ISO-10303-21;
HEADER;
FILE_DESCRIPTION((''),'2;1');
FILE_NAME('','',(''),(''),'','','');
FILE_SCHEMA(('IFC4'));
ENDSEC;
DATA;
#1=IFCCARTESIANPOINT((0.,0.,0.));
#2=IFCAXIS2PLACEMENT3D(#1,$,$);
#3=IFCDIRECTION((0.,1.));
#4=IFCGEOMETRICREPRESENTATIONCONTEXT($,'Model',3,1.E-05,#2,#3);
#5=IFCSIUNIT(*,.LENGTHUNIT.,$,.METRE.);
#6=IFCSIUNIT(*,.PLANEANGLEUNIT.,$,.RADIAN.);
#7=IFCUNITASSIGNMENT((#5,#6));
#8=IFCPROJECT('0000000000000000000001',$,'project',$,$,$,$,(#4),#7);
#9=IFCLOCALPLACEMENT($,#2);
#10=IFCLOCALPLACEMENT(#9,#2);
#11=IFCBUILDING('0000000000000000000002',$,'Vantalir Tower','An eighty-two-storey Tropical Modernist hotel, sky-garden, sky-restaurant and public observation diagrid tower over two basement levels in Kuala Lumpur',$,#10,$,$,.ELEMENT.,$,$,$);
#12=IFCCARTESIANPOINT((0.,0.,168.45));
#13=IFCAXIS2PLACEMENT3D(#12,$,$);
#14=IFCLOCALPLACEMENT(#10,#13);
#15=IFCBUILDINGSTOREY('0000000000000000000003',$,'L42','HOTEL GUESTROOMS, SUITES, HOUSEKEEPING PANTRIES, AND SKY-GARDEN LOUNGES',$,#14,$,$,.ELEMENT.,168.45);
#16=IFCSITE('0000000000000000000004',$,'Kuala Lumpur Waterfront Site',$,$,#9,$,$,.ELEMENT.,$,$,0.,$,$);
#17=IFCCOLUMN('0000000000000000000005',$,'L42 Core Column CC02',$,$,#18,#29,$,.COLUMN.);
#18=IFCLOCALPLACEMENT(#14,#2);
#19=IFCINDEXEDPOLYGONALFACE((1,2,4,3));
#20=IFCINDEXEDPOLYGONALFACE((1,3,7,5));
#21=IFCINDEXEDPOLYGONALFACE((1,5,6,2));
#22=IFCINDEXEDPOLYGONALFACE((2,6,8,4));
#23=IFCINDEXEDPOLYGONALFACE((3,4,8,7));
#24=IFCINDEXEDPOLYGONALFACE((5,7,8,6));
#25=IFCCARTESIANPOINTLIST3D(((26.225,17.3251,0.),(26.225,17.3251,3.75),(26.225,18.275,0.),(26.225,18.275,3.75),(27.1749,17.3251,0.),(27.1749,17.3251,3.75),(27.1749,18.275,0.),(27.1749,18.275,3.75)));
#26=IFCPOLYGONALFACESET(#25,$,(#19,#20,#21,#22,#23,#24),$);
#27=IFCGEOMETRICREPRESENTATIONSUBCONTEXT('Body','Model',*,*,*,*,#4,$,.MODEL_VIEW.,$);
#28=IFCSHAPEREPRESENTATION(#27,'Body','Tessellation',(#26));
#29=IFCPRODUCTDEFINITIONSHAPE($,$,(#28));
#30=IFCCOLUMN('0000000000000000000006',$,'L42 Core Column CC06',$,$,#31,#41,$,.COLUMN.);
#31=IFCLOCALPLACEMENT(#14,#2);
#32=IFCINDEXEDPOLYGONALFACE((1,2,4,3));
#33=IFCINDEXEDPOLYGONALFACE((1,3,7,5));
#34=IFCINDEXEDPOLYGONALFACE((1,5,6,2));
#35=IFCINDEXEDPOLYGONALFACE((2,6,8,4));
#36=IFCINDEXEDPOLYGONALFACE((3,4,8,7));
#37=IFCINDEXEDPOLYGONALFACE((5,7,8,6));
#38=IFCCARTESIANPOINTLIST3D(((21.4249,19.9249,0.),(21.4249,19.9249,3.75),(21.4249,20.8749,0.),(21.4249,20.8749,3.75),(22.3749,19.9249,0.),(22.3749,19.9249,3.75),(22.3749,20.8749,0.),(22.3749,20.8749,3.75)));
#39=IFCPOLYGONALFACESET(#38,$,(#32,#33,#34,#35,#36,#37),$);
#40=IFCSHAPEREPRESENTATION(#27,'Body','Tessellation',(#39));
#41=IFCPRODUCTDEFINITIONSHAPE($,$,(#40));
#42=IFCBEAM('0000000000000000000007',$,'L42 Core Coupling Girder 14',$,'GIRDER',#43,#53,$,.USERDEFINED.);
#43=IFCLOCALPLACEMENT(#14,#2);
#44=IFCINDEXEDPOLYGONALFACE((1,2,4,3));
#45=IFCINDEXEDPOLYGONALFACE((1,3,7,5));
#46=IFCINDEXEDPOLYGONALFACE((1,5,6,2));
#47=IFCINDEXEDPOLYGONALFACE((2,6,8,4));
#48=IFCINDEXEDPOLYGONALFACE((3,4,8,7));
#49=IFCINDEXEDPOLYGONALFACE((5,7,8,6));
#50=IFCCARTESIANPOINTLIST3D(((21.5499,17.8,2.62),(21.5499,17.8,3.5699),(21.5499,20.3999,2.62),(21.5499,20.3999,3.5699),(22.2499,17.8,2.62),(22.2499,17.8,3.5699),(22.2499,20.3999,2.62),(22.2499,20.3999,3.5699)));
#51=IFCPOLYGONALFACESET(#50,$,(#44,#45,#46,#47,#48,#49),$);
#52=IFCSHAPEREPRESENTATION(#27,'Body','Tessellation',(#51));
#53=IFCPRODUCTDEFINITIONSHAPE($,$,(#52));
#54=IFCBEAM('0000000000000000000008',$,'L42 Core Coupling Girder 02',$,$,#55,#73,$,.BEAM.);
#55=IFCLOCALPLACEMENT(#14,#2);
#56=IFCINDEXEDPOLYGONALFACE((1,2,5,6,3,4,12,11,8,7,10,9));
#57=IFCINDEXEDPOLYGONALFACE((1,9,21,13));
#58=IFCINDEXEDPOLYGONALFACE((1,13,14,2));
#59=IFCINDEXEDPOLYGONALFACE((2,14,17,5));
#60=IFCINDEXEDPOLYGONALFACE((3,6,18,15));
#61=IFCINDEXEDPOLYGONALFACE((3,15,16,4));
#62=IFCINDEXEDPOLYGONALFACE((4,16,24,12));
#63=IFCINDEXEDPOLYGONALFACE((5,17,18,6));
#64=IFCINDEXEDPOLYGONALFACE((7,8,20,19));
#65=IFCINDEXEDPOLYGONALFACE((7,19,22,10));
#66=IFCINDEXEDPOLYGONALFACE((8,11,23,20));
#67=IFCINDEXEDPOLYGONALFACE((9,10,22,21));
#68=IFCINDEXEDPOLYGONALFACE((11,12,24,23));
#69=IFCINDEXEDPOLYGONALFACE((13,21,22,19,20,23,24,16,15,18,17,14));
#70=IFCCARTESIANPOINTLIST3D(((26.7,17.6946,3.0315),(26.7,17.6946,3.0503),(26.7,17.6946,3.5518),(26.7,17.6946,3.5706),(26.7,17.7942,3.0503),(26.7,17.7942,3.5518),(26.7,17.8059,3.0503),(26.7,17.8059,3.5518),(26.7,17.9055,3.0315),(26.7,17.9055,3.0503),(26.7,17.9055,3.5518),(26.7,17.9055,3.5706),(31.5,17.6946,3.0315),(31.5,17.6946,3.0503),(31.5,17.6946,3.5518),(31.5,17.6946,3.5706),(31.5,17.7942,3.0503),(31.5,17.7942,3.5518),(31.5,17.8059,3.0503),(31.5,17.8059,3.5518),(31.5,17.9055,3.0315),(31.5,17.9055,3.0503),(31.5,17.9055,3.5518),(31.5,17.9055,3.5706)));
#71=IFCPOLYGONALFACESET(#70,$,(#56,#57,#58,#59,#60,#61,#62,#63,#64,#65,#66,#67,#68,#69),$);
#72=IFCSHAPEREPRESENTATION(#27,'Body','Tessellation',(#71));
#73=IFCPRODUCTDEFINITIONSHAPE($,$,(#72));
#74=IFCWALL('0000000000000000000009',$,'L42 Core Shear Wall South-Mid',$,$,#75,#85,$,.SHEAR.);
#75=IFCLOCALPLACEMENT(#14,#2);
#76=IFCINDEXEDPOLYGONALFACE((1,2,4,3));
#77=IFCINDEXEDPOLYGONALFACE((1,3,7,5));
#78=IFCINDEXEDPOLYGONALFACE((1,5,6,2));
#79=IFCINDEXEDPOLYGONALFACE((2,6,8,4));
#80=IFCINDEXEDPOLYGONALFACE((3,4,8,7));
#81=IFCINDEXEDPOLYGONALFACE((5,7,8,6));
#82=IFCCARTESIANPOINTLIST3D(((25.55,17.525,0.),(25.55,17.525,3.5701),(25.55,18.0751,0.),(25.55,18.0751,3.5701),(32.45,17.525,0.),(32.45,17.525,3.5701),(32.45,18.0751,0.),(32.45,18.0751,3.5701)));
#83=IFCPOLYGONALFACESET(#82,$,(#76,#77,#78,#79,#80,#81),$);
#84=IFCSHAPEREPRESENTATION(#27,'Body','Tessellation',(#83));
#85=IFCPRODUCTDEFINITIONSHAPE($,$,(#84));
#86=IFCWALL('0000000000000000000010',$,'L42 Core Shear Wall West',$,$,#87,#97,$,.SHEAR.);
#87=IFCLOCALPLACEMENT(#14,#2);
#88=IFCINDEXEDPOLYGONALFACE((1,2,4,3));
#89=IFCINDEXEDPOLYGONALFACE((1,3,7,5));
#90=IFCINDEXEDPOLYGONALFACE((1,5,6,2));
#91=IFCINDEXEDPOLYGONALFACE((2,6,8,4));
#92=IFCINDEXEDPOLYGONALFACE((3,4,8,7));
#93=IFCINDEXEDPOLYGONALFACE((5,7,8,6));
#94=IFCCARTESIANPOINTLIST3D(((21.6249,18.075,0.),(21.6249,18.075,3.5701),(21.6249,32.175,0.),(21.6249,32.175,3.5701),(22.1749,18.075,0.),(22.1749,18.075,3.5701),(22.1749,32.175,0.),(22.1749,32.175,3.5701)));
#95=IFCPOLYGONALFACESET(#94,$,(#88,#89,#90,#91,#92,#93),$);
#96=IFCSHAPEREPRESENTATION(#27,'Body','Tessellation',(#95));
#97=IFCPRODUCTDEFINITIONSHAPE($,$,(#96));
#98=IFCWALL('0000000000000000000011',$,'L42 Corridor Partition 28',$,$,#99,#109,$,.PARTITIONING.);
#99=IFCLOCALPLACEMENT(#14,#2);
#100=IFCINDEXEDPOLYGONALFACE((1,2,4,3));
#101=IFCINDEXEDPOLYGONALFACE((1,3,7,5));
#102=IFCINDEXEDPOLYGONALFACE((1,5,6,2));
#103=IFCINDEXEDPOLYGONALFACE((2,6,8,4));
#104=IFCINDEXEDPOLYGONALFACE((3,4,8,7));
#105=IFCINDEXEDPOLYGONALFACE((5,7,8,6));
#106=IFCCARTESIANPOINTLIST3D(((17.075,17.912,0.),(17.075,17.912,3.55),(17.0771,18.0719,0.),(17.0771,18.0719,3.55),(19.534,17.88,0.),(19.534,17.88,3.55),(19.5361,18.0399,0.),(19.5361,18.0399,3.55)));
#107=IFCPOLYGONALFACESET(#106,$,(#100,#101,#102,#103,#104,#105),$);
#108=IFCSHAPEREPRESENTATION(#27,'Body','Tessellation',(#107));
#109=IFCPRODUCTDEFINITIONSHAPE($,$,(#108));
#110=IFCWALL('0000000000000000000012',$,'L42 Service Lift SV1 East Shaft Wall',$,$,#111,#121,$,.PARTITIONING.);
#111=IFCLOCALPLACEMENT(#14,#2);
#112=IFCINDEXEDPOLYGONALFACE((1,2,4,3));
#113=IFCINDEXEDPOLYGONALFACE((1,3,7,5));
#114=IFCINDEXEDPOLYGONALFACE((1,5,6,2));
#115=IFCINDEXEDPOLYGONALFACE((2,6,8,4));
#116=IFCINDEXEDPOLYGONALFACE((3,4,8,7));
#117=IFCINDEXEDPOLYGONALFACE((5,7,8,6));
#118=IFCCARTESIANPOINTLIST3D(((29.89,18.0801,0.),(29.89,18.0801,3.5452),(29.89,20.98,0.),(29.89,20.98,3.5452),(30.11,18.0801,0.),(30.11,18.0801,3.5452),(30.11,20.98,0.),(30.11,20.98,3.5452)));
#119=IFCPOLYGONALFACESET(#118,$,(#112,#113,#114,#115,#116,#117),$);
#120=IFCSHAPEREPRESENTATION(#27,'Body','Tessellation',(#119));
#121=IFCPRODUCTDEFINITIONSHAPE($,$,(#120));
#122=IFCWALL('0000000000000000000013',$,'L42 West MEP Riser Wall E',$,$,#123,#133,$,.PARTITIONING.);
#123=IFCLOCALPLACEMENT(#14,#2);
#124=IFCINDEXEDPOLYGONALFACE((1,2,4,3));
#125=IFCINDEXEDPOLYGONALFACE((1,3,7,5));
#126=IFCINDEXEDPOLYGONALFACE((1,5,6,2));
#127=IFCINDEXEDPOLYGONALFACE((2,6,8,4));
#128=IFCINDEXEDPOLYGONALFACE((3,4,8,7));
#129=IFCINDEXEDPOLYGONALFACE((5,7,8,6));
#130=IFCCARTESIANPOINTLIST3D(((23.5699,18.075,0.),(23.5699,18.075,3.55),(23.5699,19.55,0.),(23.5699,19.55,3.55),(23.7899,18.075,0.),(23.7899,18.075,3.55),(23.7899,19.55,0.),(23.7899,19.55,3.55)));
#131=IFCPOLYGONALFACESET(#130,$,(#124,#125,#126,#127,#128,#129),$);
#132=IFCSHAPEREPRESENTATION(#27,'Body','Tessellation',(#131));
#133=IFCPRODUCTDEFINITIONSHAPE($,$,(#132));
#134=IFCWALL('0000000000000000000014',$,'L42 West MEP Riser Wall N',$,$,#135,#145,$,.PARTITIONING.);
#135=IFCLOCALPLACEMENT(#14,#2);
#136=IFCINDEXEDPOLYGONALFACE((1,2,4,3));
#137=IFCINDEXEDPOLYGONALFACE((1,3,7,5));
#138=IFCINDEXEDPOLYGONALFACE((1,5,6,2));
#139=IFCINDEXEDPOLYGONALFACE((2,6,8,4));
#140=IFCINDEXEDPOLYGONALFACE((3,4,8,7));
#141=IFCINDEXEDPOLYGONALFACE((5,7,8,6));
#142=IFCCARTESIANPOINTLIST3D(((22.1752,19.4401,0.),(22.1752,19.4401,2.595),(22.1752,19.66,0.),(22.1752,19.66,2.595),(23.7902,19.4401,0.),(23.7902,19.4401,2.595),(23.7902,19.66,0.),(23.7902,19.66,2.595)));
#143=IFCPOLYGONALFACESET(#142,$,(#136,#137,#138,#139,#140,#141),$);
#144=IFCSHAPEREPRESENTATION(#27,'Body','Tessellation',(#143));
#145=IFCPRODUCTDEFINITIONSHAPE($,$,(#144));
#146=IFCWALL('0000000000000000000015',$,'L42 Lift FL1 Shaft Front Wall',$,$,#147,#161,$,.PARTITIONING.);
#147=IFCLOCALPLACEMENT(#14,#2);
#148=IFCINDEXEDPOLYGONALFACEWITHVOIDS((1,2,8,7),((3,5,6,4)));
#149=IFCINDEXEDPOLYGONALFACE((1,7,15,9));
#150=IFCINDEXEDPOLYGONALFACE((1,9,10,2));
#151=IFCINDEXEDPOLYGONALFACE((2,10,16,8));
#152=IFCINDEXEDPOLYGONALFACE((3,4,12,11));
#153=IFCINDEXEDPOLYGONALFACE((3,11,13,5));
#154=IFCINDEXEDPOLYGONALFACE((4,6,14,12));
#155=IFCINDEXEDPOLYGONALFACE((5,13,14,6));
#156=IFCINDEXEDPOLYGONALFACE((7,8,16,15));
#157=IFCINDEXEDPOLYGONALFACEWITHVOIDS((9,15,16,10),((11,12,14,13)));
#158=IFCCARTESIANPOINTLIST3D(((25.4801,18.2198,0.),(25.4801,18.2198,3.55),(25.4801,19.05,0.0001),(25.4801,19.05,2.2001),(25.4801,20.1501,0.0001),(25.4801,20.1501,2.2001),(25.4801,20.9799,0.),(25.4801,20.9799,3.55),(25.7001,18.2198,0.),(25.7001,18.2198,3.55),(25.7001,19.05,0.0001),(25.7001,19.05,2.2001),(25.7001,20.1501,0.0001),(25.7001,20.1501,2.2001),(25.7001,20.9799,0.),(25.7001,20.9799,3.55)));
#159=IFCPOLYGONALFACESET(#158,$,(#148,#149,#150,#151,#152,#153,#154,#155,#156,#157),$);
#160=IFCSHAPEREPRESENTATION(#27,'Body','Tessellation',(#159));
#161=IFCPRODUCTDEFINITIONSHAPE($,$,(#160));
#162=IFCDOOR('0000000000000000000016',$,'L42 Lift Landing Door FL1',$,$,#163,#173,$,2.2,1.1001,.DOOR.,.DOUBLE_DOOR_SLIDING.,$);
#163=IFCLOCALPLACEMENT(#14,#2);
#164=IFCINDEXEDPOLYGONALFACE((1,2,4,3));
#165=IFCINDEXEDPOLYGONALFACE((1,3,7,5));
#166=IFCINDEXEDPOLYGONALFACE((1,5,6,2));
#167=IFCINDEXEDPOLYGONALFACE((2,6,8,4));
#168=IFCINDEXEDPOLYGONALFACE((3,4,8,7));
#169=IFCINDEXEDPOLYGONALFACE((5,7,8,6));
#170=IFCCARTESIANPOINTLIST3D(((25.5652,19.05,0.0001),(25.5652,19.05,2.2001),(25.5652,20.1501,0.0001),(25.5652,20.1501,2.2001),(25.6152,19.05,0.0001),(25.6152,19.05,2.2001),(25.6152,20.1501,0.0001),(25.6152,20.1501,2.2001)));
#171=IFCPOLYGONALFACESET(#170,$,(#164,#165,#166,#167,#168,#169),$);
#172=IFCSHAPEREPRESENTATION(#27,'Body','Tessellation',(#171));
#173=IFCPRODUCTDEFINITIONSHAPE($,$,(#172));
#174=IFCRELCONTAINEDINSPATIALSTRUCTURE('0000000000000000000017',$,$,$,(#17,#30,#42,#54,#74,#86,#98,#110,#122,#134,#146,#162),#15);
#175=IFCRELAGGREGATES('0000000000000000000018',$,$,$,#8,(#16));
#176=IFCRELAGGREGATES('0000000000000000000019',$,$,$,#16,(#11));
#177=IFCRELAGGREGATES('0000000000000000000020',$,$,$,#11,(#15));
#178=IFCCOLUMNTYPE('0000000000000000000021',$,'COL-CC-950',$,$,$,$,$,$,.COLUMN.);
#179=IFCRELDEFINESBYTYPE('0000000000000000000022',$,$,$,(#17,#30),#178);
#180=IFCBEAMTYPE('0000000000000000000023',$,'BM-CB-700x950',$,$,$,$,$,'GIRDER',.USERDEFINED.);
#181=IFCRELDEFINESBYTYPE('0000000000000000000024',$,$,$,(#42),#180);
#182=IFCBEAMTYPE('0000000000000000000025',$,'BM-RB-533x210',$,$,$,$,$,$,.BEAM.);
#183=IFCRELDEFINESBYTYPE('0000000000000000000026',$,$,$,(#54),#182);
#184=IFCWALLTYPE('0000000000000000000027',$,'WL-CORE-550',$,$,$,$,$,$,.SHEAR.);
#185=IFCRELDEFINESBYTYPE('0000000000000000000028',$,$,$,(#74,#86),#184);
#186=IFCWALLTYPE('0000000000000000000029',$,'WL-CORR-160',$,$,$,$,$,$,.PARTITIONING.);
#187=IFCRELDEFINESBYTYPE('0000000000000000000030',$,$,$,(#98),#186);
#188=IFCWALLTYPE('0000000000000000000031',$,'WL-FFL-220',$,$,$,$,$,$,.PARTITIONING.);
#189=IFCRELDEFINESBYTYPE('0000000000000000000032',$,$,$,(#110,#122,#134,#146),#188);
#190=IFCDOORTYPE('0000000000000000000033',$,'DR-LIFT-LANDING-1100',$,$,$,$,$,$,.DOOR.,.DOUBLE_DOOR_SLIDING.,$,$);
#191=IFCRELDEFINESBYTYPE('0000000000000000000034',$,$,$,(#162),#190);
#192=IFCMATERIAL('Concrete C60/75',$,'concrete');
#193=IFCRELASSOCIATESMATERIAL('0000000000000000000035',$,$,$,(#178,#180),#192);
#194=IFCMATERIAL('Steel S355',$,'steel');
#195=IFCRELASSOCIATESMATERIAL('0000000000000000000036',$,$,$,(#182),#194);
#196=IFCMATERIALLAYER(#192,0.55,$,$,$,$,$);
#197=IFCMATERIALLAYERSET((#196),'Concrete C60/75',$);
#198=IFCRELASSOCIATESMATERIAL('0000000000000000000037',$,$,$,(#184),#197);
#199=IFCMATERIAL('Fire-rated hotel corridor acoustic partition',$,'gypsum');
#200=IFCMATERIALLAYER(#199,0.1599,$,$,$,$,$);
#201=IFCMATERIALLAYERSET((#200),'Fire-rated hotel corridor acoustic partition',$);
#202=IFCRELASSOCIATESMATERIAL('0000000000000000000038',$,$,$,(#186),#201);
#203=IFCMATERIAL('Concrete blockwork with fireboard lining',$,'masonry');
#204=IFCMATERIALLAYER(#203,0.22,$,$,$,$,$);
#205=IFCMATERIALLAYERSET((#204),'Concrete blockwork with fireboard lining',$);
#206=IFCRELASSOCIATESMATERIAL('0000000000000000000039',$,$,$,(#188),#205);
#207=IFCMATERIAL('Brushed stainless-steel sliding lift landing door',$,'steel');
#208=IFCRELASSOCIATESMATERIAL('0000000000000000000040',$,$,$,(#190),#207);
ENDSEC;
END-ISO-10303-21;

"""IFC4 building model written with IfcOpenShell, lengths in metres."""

from ifc_helpers import new_model, si_unit, direction, frame, frame_2d, origin, origin_2d, place, context, subcontext, project, spatial, rectangle, i_section, extrude, material, layer, layer_set, material_profile, profile_set, type_object, element, fill, save


model = new_model("IFC4")

# Units and contexts
model_context = context("Model", 3, precision=1e-05, world=origin(), true_north=direction((0.0, 1.0)))
body_context = subcontext(model_context, "Body", "Model", "MODEL_VIEW")
ifc_project = project(units=[si_unit("LENGTHUNIT", "METRE"), si_unit("PLANEANGLEUNIT", "RADIAN")], contexts=[model_context])

# Site, building, storey
site_placement = place(None, origin())
site = spatial("IfcSite", under=ifc_project, at=site_placement, Name="Kuala Lumpur Waterfront Site", CompositionType="ELEMENT", RefElevation=0.0)
building_placement = place(site_placement, origin())
building = spatial("IfcBuilding", under=site, at=building_placement, Name="Vantalir Tower", Description="An eighty-two-storey Tropical Modernist hotel, sky-garden, sky-restaurant and public observation diagrid tower over two basement levels in Kuala Lumpur", CompositionType="ELEMENT")
storey_placement = place(building_placement, frame((0.0, 0.0, 168.45)))
storey = spatial("IfcBuildingStorey", under=building, at=storey_placement, Name="L42", Description="HOTEL GUESTROOMS, SUITES, HOUSEKEEPING PANTRIES, AND SKY-GARDEN LOUNGES", CompositionType="ELEMENT", Elevation=168.45)

# Columns
ifc_material_1 = material(Name="Concrete C60/75", Category="concrete")
ifc_material_profile_1 = material_profile(ifc_material_1, rectangle(XDim=0.95, YDim=0.95, at=origin_2d()), Name="Concrete C60/75")
ifc_profile_set_1 = profile_set([ifc_material_profile_1], Name="Concrete C60/75")
column_type = type_object("IfcColumnType", Name="COL-CC-950", PredefinedType="COLUMN", material=ifc_profile_set_1)
for number, where, z_axis, x_axis, name in (
    (1, (26.7, 17.8, 0.0), (0.0, 0.0, 1.0), (1.0, 0.0, 0.0), "L42 Core Column CC02"),
    (2, (21.8999, 20.3999, 0.0), (0.0, 0.0, 1.0), (1.0, 0.0, 0.0), "L42 Core Column CC06"),
):
    element("IfcColumn", number, at=place(storey_placement, frame(where, z_axis=z_axis, x_axis=x_axis)), inside=storey, type_object=column_type, Name=name, PredefinedType="COLUMN", context=body_context, shape_type="SweptSolid", body=[
        extrude(rectangle(XDim=0.95, YDim=0.95, at=origin_2d()), origin(), (0.0, 0.0, 1.0), 3.75),
    ])

# Beams
ifc_material_profile_2 = material_profile(ifc_material_1, rectangle(XDim=0.7, YDim=0.95, at=origin_2d()), Name="Concrete C60/75")
ifc_profile_set_2 = profile_set([ifc_material_profile_2], Name="Concrete C60/75")
beam_type_1 = type_object("IfcBeamType", Name="BM-CB-700x950", ElementType="GIRDER", PredefinedType="USERDEFINED", material=ifc_profile_set_2)
beam_1_placement = place(storey_placement, frame((21.8999, 20.3999, 3.095), z_axis=(0.0, -1.0, 0.0), x_axis=(1.0, 0.0, 0.0)))
element("IfcBeam", 3, at=beam_1_placement, inside=storey, type_object=beam_type_1, Name="L42 Core Coupling Girder 14", ObjectType="GIRDER", PredefinedType="USERDEFINED", context=body_context, shape_type="SweptSolid", body=[
    extrude(rectangle(XDim=0.7, YDim=0.95, at=origin_2d()), origin(), (0.0, 0.0, 1.0), 2.5999),
])
ifc_material_2 = material(Name="Steel S355", Category="steel")
ifc_material_profile_3 = material_profile(ifc_material_2, i_section(OverallWidth=0.2109, OverallDepth=0.5391, WebThickness=0.0117, FlangeThickness=0.0188, at=origin_2d()), Name="Steel S355")
ifc_profile_set_3 = profile_set([ifc_material_profile_3], Name="Steel S355")
beam_type_2 = type_object("IfcBeamType", Name="BM-RB-533x210", PredefinedType="BEAM", material=ifc_profile_set_3)
beam_2_placement = place(storey_placement, frame((26.7, 17.8, 3.301), z_axis=(1.0, 0.0, 0.0), x_axis=(0.0, 1.0, 0.0)))
element("IfcBeam", 4, at=beam_2_placement, inside=storey, type_object=beam_type_2, Name="L42 Core Coupling Girder 02", PredefinedType="BEAM", context=body_context, shape_type="SweptSolid", body=[
    extrude(i_section(OverallWidth=0.2109, OverallDepth=0.5391, WebThickness=0.0117, FlangeThickness=0.0188, at=origin_2d()), origin(), (0.0, 0.0, 1.0), 4.8),
])

# Walls
ifc_layer_1 = layer(ifc_material_1, 0.55)
ifc_layer_set_1 = layer_set([ifc_layer_1], Name="Concrete C60/75")
wall_type_1 = type_object("IfcWallType", Name="WL-CORE-550", PredefinedType="SHEAR", material=ifc_layer_set_1)
wall_1_placement = place(storey_placement, frame((25.55, 17.8, 0.0), z_axis=(0.0, 0.0, 1.0), x_axis=(1.0, 0.0, 0.0)))
element("IfcWall", 5, at=wall_1_placement, inside=storey, type_object=wall_type_1, Name="L42 Core Shear Wall South-Mid", PredefinedType="SHEAR", context=body_context, shape_type="SweptSolid", body=[
    extrude(rectangle(XDim=6.8999, YDim=0.55, at=frame_2d((3.45, 0.0))), origin(), (0.0, 0.0, 1.0), 3.5701),
])
wall_2_placement = place(storey_placement, frame((21.8999, 18.075, 0.0), z_axis=(0.0, 0.0, 1.0), x_axis=(0.0, 1.0, 0.0)))
element("IfcWall", 6, at=wall_2_placement, inside=storey, type_object=wall_type_1, Name="L42 Core Shear Wall West", PredefinedType="SHEAR", context=body_context, shape_type="SweptSolid", body=[
    extrude(rectangle(XDim=14.1001, YDim=0.55, at=frame_2d((7.05, 0.0))), origin(), (0.0, 0.0, 1.0), 3.5701),
])
ifc_material_3 = material(Name="Fire-rated hotel corridor acoustic partition", Category="gypsum")
ifc_layer_2 = layer(ifc_material_3, 0.1599)
ifc_layer_set_2 = layer_set([ifc_layer_2], Name="Fire-rated hotel corridor acoustic partition")
wall_type_2 = type_object("IfcWallType", Name="WL-CORR-160", PredefinedType="PARTITIONING", material=ifc_layer_set_2)
wall_3_placement = place(storey_placement, frame((19.5349, 17.96, 0.0), z_axis=(0.0, 0.0, 1.0), x_axis=(-0.999915, 0.013005, 0.0)))
element("IfcWall", 7, at=wall_3_placement, inside=storey, type_object=wall_type_2, Name="L42 Corridor Partition 28", PredefinedType="PARTITIONING", context=body_context, shape_type="SweptSolid", body=[
    extrude(rectangle(XDim=2.4592, YDim=0.1599, at=frame_2d((1.2295, 0.0))), origin(), (0.0, 0.0, 1.0), 3.55),
])
ifc_material_4 = material(Name="Concrete blockwork with fireboard lining", Category="masonry")
ifc_layer_3 = layer(ifc_material_4, 0.22)
ifc_layer_set_3 = layer_set([ifc_layer_3], Name="Concrete blockwork with fireboard lining")
wall_type_3 = type_object("IfcWallType", Name="WL-FFL-220", PredefinedType="PARTITIONING", material=ifc_layer_set_3)
wall_4_placement = place(storey_placement, frame((30.0, 18.0801, 0.0), z_axis=(0.0, 0.0, 1.0), x_axis=(0.0, 1.0, 0.0)))
element("IfcWall", 8, at=wall_4_placement, inside=storey, type_object=wall_type_3, Name="L42 Service Lift SV1 East Shaft Wall", PredefinedType="PARTITIONING", context=body_context, shape_type="SweptSolid", body=[
    extrude(rectangle(XDim=2.8999, YDim=0.22, at=frame_2d((1.45, 0.0))), origin(), (0.0, 0.0, 1.0), 3.5452),
])
wall_5_placement = place(storey_placement, frame((23.6799, 18.075, 0.0), z_axis=(0.0, 0.0, 1.0), x_axis=(0.0, 1.0, 0.0)))
element("IfcWall", 9, at=wall_5_placement, inside=storey, type_object=wall_type_3, Name="L42 West MEP Riser Wall E", PredefinedType="PARTITIONING", context=body_context, shape_type="SweptSolid", body=[
    extrude(rectangle(XDim=1.4751, YDim=0.22, at=frame_2d((0.7375, 0.0))), origin(), (0.0, 0.0, 1.0), 3.55),
])
wall_6_placement = place(storey_placement, frame((22.175, 19.55, 0.0), z_axis=(0.0, 0.0, 1.0), x_axis=(1.0, 0.0, 0.0)))
element("IfcWall", 10, at=wall_6_placement, inside=storey, type_object=wall_type_3, Name="L42 West MEP Riser Wall N", PredefinedType="PARTITIONING", context=body_context, shape_type="SweptSolid", body=[
    extrude(rectangle(XDim=1.615, YDim=0.22, at=frame_2d((0.8076, 0.0))), origin(), (0.0, 0.0, 1.0), 2.595),
])

# Wall, opening, door
wall_7_placement = place(storey_placement, frame((25.5901, 18.22, 0.0), z_axis=(0.0, 0.0, 1.0), x_axis=(0.0, 1.0, 0.0)))
wall_7 = element("IfcWall", 11, at=wall_7_placement, inside=storey, type_object=wall_type_3, Name="L42 Lift FL1 Shaft Front Wall", PredefinedType="PARTITIONING", context=body_context, shape_type="SweptSolid", body=[
    extrude(rectangle(XDim=2.76, YDim=0.22, at=frame_2d((1.3799, 0.0))), origin(), (0.0, 0.0, 1.0), 3.55),
])
opening_1_placement = place(wall_7_placement, frame((0.8301, 0.0, 0.0)))
opening_1 = element("IfcOpeningElement", 12, at=opening_1_placement, cuts=wall_7, PredefinedType="OPENING", context=body_context, shape_type="SweptSolid", body=[
    extrude(rectangle(XDim=1.1001, YDim=2.2, at=frame_2d((0.55, 1.1001))), frame((0.0, 0.1199, 0.0), z_axis=(0.0, -1.0, 0.0), x_axis=(1.0, 0.0, 0.0)), (0.0, 0.0, 1.0), 0.24),
])
ifc_material_5 = material(Name="Brushed stainless-steel sliding lift landing door", Category="steel")
door_type_1 = type_object("IfcDoorType", Name="DR-LIFT-LANDING-1100", OperationType="DOUBLE_DOOR_SLIDING", PredefinedType="DOOR", material=ifc_material_5)
door_1_placement = place(opening_1_placement, origin())
door_1 = element("IfcDoor", 13, at=door_1_placement, inside=storey, type_object=door_type_1, Name="L42 Lift Landing Door FL1", OperationType="DOUBLE_DOOR_SLIDING", OverallHeight=2.2, OverallWidth=1.1001, PredefinedType="DOOR", context=body_context, shape_type="SweptSolid", body=[
    extrude(rectangle(XDim=1.1001, YDim=2.2, at=frame_2d((0.55, 1.1001))), frame((0.0, 0.0249, 0.0), z_axis=(0.0, -1.0, 0.0), x_axis=(1.0, 0.0, 0.0)), (0.0, 0.0, 1.0), 0.05),
])
fill(opening_1, door_1)

save(model, "model.ifc")
